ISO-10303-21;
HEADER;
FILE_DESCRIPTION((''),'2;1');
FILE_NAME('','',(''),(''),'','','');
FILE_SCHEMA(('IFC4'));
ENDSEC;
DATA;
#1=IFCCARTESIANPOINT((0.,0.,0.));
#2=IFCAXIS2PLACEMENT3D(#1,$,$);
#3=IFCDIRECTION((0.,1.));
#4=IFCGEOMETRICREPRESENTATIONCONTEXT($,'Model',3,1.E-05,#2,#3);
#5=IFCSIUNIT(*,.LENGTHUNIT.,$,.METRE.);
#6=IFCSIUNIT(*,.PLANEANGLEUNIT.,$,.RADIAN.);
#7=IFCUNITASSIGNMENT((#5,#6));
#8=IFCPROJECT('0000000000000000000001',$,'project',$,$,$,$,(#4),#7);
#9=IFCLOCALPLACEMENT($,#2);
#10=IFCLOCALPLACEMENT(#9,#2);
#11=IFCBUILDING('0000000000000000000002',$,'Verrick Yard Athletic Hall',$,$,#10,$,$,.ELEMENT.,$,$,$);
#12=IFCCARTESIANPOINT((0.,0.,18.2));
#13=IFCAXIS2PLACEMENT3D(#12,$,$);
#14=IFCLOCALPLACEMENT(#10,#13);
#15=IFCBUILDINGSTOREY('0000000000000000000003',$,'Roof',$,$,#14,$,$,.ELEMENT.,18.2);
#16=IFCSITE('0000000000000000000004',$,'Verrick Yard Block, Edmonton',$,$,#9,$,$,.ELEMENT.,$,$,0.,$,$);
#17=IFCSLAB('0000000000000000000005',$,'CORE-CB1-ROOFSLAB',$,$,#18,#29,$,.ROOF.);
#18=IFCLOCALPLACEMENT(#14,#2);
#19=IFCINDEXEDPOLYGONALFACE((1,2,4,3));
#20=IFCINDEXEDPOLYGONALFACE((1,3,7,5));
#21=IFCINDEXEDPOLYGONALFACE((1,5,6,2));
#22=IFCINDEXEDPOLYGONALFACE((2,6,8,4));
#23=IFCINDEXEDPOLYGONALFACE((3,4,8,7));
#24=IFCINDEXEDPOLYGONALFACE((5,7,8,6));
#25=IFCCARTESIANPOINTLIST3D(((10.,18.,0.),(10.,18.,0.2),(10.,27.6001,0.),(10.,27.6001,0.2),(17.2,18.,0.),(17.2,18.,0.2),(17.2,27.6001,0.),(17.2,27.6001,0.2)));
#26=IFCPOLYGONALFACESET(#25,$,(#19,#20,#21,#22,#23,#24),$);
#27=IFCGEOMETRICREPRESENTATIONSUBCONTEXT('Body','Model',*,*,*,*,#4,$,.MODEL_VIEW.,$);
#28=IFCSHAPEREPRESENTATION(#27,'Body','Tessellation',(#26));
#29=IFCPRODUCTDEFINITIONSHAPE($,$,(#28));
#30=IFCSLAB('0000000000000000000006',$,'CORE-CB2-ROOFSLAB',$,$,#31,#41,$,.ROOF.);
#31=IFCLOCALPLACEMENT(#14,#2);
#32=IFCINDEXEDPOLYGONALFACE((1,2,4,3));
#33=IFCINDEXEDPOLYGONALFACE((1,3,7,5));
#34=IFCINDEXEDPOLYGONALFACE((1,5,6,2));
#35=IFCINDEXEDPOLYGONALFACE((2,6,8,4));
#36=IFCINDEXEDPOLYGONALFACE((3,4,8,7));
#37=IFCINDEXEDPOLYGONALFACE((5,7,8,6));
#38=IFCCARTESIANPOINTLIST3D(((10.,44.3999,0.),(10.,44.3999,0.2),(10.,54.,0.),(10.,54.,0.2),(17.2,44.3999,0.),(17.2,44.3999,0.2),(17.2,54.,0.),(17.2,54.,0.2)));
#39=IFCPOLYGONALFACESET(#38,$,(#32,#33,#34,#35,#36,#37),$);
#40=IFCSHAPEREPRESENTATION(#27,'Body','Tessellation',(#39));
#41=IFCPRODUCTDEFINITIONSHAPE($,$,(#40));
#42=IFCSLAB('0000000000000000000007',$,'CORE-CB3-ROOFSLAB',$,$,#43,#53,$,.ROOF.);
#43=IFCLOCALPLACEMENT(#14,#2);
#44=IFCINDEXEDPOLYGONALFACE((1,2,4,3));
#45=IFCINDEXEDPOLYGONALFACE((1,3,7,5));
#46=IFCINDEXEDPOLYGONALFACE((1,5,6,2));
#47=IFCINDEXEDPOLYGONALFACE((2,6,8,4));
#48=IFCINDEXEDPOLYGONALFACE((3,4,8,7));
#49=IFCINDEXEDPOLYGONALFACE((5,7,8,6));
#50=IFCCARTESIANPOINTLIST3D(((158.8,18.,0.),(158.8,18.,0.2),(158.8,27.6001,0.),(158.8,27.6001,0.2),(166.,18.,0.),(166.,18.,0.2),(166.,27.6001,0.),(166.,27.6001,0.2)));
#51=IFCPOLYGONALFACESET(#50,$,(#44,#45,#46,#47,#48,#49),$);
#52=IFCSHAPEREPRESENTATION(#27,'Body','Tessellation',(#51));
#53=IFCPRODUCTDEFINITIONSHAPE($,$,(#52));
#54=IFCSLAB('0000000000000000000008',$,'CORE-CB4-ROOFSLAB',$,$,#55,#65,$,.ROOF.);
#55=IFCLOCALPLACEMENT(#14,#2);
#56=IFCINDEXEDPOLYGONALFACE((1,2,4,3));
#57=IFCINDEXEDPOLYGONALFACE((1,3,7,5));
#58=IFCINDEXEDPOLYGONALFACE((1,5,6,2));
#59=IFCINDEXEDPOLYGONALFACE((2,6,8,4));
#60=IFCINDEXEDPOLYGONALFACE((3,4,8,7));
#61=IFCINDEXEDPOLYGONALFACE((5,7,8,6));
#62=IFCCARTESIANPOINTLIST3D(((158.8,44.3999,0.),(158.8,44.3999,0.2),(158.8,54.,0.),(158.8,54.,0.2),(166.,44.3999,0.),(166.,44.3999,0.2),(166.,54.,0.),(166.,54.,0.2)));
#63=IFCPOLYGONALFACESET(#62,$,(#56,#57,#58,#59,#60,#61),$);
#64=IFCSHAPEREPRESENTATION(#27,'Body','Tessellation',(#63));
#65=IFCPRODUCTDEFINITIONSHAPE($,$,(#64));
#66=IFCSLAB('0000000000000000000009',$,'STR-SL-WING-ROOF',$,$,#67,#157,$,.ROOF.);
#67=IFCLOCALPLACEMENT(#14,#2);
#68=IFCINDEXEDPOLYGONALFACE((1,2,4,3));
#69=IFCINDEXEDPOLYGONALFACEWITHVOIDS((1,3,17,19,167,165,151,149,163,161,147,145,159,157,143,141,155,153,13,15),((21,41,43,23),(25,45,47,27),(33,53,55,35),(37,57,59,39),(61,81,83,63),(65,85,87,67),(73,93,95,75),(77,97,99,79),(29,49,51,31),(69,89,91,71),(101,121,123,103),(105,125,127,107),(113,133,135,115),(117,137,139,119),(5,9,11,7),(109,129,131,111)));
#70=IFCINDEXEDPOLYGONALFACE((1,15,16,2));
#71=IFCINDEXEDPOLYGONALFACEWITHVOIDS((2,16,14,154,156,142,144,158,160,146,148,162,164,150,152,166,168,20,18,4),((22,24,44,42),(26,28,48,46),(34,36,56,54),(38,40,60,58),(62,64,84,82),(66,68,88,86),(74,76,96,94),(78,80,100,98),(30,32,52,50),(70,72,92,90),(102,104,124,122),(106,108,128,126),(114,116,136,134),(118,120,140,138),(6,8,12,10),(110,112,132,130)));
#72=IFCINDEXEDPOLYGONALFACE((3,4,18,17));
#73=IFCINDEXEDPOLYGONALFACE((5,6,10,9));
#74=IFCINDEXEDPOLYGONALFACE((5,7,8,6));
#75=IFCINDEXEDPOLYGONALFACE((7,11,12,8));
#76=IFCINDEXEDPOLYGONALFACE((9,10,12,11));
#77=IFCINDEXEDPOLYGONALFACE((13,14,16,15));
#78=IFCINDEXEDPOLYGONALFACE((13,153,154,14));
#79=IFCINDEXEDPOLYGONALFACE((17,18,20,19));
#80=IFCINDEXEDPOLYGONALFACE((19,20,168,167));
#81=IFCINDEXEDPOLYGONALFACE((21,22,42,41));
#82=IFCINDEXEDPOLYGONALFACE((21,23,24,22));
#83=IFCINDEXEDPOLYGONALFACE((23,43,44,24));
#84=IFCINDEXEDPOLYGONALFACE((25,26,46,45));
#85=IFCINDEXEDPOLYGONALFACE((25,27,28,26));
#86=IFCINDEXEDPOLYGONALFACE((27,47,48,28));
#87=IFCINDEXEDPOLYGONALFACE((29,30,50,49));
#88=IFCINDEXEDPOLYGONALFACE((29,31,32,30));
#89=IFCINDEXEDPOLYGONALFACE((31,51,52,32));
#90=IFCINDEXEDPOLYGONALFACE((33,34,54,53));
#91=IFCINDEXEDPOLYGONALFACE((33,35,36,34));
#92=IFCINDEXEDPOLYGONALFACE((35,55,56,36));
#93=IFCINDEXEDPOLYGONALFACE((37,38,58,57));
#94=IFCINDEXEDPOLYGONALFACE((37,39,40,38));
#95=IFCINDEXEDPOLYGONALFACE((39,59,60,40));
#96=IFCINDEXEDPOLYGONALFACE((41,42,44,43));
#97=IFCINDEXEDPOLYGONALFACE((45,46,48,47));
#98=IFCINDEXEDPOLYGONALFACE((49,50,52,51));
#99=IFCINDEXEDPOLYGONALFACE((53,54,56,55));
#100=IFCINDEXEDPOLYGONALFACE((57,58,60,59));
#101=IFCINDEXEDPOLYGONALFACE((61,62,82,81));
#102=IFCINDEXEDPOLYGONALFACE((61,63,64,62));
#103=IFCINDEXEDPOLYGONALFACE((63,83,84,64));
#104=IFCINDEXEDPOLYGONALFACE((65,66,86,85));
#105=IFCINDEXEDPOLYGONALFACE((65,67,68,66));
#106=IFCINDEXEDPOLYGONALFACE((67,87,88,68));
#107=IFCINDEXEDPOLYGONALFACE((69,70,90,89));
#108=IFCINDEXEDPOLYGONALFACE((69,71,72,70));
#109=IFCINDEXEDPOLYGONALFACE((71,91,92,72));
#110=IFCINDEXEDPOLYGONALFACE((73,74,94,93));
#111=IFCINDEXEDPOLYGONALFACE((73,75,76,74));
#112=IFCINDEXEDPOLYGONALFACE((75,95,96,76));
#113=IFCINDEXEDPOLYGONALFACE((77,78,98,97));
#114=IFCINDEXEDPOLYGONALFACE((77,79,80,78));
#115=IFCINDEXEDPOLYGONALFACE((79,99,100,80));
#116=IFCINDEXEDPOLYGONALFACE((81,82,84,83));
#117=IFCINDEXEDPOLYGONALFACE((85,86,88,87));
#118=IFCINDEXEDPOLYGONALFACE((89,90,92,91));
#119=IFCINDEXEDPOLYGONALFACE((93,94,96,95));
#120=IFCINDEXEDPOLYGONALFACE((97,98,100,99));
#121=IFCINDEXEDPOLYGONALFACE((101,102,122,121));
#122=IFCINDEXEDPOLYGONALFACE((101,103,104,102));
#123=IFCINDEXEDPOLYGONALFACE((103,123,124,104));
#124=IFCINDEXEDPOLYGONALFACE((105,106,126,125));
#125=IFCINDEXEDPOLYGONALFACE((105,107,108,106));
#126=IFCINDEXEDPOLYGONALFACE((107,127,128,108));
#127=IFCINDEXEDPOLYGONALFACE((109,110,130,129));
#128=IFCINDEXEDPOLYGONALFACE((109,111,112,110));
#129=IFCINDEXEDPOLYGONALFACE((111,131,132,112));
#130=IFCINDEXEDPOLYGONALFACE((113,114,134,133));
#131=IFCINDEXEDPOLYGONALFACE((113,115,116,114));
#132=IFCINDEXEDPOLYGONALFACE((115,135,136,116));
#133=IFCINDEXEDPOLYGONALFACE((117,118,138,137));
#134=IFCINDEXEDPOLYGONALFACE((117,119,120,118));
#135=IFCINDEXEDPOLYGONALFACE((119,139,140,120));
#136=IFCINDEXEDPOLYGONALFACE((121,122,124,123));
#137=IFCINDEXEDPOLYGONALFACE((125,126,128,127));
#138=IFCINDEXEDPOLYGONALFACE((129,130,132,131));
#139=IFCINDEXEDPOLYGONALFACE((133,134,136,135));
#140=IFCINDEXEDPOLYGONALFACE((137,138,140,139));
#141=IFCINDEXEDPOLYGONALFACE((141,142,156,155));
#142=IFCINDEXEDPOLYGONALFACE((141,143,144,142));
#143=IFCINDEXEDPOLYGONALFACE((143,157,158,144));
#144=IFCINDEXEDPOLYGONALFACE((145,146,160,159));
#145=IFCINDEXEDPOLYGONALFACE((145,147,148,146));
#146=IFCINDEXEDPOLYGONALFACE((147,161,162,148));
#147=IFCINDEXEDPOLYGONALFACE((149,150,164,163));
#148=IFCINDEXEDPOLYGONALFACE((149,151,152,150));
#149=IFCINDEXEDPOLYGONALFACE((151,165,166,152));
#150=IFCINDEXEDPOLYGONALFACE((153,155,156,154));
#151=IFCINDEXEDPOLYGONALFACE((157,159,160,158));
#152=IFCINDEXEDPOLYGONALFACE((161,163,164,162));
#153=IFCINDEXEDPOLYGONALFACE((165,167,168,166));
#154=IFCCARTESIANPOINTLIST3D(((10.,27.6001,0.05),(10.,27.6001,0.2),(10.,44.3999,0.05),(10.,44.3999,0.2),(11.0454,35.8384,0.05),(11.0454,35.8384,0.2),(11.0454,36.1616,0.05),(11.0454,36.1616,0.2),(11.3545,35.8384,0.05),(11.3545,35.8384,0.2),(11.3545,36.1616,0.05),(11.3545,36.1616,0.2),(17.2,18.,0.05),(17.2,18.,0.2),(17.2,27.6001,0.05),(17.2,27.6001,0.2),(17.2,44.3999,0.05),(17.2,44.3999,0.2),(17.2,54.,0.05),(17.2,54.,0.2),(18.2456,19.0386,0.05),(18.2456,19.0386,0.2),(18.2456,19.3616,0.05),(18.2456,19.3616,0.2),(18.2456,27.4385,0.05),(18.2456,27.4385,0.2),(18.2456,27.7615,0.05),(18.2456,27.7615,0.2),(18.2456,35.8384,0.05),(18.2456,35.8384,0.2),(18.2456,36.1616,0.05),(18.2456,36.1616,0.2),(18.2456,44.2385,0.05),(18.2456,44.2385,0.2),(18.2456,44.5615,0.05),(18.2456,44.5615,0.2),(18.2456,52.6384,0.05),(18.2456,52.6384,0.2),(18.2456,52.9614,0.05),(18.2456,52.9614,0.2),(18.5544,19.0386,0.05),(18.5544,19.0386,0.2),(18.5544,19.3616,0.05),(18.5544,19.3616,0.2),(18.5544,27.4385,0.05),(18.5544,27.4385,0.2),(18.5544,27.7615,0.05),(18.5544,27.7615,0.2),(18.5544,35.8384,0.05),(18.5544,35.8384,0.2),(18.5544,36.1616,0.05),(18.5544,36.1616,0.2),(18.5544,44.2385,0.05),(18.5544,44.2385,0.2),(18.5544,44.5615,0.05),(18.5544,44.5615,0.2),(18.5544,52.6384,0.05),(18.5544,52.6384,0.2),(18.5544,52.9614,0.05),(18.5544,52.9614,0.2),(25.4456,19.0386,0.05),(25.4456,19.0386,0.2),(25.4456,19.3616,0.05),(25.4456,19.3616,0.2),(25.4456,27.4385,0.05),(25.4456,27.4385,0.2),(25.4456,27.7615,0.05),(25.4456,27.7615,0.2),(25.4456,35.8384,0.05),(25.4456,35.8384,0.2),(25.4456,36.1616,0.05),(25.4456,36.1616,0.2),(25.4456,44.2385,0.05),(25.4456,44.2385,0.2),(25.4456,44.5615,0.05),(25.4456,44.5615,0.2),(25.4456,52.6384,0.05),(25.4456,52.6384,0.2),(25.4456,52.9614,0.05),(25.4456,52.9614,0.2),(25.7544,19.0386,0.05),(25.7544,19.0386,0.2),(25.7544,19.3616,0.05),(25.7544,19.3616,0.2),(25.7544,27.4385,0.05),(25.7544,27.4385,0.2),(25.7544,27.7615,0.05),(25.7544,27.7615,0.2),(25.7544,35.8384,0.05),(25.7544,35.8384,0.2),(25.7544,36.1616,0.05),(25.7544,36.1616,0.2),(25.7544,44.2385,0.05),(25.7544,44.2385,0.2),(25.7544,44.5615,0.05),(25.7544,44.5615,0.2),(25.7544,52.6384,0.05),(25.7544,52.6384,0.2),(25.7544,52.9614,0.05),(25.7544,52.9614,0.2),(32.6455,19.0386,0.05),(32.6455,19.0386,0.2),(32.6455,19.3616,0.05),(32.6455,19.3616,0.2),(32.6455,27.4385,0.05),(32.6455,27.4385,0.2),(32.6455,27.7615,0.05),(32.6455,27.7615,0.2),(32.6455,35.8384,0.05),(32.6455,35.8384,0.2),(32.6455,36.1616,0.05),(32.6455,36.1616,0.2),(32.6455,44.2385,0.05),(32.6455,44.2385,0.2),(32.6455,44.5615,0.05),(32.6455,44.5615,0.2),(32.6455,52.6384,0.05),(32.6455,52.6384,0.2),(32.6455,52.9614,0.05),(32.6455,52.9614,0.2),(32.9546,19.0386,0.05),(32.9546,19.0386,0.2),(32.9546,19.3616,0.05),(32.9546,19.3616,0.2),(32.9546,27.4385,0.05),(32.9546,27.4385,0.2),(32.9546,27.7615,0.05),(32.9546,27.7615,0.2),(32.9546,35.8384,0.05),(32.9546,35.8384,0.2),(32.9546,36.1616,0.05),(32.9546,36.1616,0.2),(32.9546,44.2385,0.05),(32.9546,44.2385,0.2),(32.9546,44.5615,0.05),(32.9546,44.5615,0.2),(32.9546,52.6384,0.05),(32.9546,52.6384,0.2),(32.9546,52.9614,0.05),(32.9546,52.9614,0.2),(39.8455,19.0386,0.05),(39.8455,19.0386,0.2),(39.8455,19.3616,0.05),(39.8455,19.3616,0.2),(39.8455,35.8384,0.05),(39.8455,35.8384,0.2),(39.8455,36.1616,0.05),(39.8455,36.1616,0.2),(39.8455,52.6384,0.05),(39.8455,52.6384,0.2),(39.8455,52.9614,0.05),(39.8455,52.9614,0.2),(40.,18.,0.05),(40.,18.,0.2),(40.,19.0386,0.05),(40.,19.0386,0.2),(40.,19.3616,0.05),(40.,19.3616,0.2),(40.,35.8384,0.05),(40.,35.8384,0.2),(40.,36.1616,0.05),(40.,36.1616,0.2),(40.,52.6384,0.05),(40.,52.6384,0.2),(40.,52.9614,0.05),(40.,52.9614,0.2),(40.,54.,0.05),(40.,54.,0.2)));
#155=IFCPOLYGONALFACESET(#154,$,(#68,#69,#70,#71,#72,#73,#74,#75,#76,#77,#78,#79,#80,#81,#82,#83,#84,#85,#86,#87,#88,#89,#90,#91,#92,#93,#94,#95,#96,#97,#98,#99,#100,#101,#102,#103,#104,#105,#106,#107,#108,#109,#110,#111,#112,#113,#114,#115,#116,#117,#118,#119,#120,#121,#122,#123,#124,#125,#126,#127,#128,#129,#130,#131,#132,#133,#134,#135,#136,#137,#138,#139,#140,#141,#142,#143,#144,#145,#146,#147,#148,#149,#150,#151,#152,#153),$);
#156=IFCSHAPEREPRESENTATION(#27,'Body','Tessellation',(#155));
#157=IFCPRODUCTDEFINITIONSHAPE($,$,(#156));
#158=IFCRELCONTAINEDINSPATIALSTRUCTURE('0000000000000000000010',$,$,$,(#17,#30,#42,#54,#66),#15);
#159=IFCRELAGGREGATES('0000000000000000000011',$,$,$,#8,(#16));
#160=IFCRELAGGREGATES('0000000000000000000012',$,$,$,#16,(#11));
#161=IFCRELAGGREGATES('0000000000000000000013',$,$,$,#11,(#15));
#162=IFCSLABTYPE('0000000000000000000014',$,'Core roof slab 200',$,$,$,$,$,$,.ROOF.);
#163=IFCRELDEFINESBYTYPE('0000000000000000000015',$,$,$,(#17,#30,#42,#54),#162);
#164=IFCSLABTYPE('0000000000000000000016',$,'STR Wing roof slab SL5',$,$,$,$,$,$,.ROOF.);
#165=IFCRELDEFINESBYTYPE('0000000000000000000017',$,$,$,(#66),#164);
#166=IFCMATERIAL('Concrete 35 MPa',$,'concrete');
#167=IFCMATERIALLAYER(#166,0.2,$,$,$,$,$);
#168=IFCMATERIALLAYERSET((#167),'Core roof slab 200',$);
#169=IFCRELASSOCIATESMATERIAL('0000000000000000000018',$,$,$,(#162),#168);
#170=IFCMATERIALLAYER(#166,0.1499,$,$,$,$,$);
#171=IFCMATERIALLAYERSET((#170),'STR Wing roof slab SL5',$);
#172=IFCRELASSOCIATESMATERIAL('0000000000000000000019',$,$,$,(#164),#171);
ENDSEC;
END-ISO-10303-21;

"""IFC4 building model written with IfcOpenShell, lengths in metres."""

from ifc_helpers import new_model, si_unit, direction, frame, origin, place, context, subcontext, project, spatial, polyline, outline, extrude, material, layer, layer_set, type_object, element, save


model = new_model("IFC4")

# Units and contexts
model_context = context("Model", 3, precision=1e-05, world=origin(), true_north=direction((0.0, 1.0)))
body_context = subcontext(model_context, "Body", "Model", "MODEL_VIEW")
ifc_project = project(units=[si_unit("LENGTHUNIT", "METRE"), si_unit("PLANEANGLEUNIT", "RADIAN")], contexts=[model_context])

# Site, building, storey
site_placement = place(None, origin())
site = spatial("IfcSite", under=ifc_project, at=site_placement, Name="Verrick Yard Block, Edmonton", CompositionType="ELEMENT", RefElevation=0.0)
building_placement = place(site_placement, origin())
building = spatial("IfcBuilding", under=site, at=building_placement, Name="Verrick Yard Athletic Hall", CompositionType="ELEMENT")
storey_placement = place(building_placement, frame((0.0, 0.0, 18.2)))
storey = spatial("IfcBuildingStorey", under=building, at=storey_placement, Name="Roof", CompositionType="ELEMENT", Elevation=18.2)

# Slabs
ifc_material_1 = material(Name="Concrete 35 MPa", Category="concrete")
ifc_layer_1 = layer(ifc_material_1, 0.2)
ifc_layer_set_1 = layer_set([ifc_layer_1], Name="Core roof slab 200")
slab_type_1 = type_object("IfcSlabType", Name="Core roof slab 200", PredefinedType="ROOF", material=ifc_layer_set_1)
slab_1_placement = place(storey_placement, origin())
element("IfcSlab", 1, at=slab_1_placement, inside=storey, type_object=slab_type_1, Name="CORE-CB1-ROOFSLAB", PredefinedType="ROOF", context=body_context, shape_type="SweptSolid", body=[
    extrude(outline(polyline([(10.0, 18.0), (17.2, 18.0), (17.2, 27.6001), (10.0, 27.6001), (10.0, 18.0)])), origin(), (0.0, 0.0, 1.0), 0.2),
])
slab_2_placement = place(storey_placement, origin())
element("IfcSlab", 2, at=slab_2_placement, inside=storey, type_object=slab_type_1, Name="CORE-CB2-ROOFSLAB", PredefinedType="ROOF", context=body_context, shape_type="SweptSolid", body=[
    extrude(outline(polyline([(10.0, 44.3999), (17.2, 44.3999), (17.2, 54.0), (10.0, 54.0), (10.0, 44.3999)])), origin(), (0.0, 0.0, 1.0), 0.2),
])
slab_3_placement = place(storey_placement, origin())
element("IfcSlab", 3, at=slab_3_placement, inside=storey, type_object=slab_type_1, Name="CORE-CB3-ROOFSLAB", PredefinedType="ROOF", context=body_context, shape_type="SweptSolid", body=[
    extrude(outline(polyline([(158.8, 18.0), (166.0, 18.0), (166.0, 27.6001), (158.8, 27.6001), (158.8, 18.0)])), origin(), (0.0, 0.0, 1.0), 0.2),
])
slab_4_placement = place(storey_placement, origin())
element("IfcSlab", 4, at=slab_4_placement, inside=storey, type_object=slab_type_1, Name="CORE-CB4-ROOFSLAB", PredefinedType="ROOF", context=body_context, shape_type="SweptSolid", body=[
    extrude(outline(polyline([(158.8, 44.3999), (166.0, 44.3999), (166.0, 54.0), (158.8, 54.0), (158.8, 44.3999)])), origin(), (0.0, 0.0, 1.0), 0.2),
])
ifc_layer_2 = layer(ifc_material_1, 0.1499)
ifc_layer_set_2 = layer_set([ifc_layer_2], Name="STR Wing roof slab SL5")
slab_type_2 = type_object("IfcSlabType", Name="STR Wing roof slab SL5", PredefinedType="ROOF", material=ifc_layer_set_2)
slab_5_placement = place(storey_placement, frame((0.0, 0.0, 0.05)))
element("IfcSlab", 5, at=slab_5_placement, inside=storey, type_object=slab_type_2, Name="STR-SL-WING-ROOF", PredefinedType="ROOF", context=body_context, shape_type="SweptSolid", body=[
    extrude(outline(polyline([(40.0, 18.0), (40.0, 19.0386), (39.8455, 19.0386), (39.8455, 19.3616), (40.0, 19.3616), (40.0, 35.8384), (39.8455, 35.8384), (39.8455, 36.1616), (40.0, 36.1616), (40.0, 52.6384), (39.8455, 52.6384), (39.8455, 52.9614), (40.0, 52.9614), (40.0, 54.0), (17.2, 54.0), (17.2, 44.3999), (10.0, 44.3999), (10.0, 27.6001), (17.2, 27.6001), (17.2, 18.0), (40.0, 18.0)]), holes=[polyline([(18.5544, 19.3616), (18.5544, 19.0386), (18.2456, 19.0386), (18.2456, 19.3616), (18.5544, 19.3616)]), polyline([(18.5544, 27.7615), (18.5544, 27.4385), (18.2456, 27.4385), (18.2456, 27.7615), (18.5544, 27.7615)]), polyline([(11.3545, 35.8384), (11.0454, 35.8384), (11.0454, 36.1616), (11.3545, 36.1616), (11.3545, 35.8384)]), polyline([(18.5544, 35.8384), (18.2456, 35.8384), (18.2456, 36.1616), (18.5544, 36.1616), (18.5544, 35.8384)]), polyline([(25.7544, 36.1616), (25.7544, 35.8384), (25.4456, 35.8384), (25.4456, 36.1616), (25.7544, 36.1616)]), polyline([(18.5544, 44.5615), (18.5544, 44.2385), (18.2456, 44.2385), (18.2456, 44.5615), (18.5544, 44.5615)]), polyline([(25.7544, 44.5615), (25.7544, 44.2385), (25.4456, 44.2385), (25.4456, 44.5615), (25.7544, 44.5615)]), polyline([(18.5544, 52.6384), (18.2456, 52.6384), (18.2456, 52.9614), (18.5544, 52.9614), (18.5544, 52.6384)]), polyline([(25.7544, 52.9614), (25.7544, 52.6384), (25.4456, 52.6384), (25.4456, 52.9614), (25.7544, 52.9614)]), polyline([(25.7544, 19.3616), (25.7544, 19.0386), (25.4456, 19.0386), (25.4456, 19.3616), (25.7544, 19.3616)]), polyline([(32.9546, 19.3616), (32.9546, 19.0386), (32.6455, 19.0386), (32.6455, 19.3616), (32.9546, 19.3616)]), polyline([(25.7544, 27.4385), (25.4456, 27.4385), (25.4456, 27.7615), (25.7544, 27.7615), (25.7544, 27.4385)]), polyline([(32.9546, 27.7615), (32.9546, 27.4385), (32.6455, 27.4385), (32.6455, 27.7615), (32.9546, 27.7615)]), polyline([(32.9546, 35.8384), (32.6455, 35.8384), (32.6455, 36.1616), (32.9546, 36.1616), (32.9546, 35.8384)]), polyline([(32.9546, 44.5615), (32.9546, 44.2385), (32.6455, 44.2385), (32.6455, 44.5615), (32.9546, 44.5615)]), polyline([(32.9546, 52.6384), (32.6455, 52.6384), (32.6455, 52.9614), (32.9546, 52.9614), (32.9546, 52.6384)])]), origin(), (0.0, 0.0, 1.0), 0.1499),
])

save(model, "model.ifc")
